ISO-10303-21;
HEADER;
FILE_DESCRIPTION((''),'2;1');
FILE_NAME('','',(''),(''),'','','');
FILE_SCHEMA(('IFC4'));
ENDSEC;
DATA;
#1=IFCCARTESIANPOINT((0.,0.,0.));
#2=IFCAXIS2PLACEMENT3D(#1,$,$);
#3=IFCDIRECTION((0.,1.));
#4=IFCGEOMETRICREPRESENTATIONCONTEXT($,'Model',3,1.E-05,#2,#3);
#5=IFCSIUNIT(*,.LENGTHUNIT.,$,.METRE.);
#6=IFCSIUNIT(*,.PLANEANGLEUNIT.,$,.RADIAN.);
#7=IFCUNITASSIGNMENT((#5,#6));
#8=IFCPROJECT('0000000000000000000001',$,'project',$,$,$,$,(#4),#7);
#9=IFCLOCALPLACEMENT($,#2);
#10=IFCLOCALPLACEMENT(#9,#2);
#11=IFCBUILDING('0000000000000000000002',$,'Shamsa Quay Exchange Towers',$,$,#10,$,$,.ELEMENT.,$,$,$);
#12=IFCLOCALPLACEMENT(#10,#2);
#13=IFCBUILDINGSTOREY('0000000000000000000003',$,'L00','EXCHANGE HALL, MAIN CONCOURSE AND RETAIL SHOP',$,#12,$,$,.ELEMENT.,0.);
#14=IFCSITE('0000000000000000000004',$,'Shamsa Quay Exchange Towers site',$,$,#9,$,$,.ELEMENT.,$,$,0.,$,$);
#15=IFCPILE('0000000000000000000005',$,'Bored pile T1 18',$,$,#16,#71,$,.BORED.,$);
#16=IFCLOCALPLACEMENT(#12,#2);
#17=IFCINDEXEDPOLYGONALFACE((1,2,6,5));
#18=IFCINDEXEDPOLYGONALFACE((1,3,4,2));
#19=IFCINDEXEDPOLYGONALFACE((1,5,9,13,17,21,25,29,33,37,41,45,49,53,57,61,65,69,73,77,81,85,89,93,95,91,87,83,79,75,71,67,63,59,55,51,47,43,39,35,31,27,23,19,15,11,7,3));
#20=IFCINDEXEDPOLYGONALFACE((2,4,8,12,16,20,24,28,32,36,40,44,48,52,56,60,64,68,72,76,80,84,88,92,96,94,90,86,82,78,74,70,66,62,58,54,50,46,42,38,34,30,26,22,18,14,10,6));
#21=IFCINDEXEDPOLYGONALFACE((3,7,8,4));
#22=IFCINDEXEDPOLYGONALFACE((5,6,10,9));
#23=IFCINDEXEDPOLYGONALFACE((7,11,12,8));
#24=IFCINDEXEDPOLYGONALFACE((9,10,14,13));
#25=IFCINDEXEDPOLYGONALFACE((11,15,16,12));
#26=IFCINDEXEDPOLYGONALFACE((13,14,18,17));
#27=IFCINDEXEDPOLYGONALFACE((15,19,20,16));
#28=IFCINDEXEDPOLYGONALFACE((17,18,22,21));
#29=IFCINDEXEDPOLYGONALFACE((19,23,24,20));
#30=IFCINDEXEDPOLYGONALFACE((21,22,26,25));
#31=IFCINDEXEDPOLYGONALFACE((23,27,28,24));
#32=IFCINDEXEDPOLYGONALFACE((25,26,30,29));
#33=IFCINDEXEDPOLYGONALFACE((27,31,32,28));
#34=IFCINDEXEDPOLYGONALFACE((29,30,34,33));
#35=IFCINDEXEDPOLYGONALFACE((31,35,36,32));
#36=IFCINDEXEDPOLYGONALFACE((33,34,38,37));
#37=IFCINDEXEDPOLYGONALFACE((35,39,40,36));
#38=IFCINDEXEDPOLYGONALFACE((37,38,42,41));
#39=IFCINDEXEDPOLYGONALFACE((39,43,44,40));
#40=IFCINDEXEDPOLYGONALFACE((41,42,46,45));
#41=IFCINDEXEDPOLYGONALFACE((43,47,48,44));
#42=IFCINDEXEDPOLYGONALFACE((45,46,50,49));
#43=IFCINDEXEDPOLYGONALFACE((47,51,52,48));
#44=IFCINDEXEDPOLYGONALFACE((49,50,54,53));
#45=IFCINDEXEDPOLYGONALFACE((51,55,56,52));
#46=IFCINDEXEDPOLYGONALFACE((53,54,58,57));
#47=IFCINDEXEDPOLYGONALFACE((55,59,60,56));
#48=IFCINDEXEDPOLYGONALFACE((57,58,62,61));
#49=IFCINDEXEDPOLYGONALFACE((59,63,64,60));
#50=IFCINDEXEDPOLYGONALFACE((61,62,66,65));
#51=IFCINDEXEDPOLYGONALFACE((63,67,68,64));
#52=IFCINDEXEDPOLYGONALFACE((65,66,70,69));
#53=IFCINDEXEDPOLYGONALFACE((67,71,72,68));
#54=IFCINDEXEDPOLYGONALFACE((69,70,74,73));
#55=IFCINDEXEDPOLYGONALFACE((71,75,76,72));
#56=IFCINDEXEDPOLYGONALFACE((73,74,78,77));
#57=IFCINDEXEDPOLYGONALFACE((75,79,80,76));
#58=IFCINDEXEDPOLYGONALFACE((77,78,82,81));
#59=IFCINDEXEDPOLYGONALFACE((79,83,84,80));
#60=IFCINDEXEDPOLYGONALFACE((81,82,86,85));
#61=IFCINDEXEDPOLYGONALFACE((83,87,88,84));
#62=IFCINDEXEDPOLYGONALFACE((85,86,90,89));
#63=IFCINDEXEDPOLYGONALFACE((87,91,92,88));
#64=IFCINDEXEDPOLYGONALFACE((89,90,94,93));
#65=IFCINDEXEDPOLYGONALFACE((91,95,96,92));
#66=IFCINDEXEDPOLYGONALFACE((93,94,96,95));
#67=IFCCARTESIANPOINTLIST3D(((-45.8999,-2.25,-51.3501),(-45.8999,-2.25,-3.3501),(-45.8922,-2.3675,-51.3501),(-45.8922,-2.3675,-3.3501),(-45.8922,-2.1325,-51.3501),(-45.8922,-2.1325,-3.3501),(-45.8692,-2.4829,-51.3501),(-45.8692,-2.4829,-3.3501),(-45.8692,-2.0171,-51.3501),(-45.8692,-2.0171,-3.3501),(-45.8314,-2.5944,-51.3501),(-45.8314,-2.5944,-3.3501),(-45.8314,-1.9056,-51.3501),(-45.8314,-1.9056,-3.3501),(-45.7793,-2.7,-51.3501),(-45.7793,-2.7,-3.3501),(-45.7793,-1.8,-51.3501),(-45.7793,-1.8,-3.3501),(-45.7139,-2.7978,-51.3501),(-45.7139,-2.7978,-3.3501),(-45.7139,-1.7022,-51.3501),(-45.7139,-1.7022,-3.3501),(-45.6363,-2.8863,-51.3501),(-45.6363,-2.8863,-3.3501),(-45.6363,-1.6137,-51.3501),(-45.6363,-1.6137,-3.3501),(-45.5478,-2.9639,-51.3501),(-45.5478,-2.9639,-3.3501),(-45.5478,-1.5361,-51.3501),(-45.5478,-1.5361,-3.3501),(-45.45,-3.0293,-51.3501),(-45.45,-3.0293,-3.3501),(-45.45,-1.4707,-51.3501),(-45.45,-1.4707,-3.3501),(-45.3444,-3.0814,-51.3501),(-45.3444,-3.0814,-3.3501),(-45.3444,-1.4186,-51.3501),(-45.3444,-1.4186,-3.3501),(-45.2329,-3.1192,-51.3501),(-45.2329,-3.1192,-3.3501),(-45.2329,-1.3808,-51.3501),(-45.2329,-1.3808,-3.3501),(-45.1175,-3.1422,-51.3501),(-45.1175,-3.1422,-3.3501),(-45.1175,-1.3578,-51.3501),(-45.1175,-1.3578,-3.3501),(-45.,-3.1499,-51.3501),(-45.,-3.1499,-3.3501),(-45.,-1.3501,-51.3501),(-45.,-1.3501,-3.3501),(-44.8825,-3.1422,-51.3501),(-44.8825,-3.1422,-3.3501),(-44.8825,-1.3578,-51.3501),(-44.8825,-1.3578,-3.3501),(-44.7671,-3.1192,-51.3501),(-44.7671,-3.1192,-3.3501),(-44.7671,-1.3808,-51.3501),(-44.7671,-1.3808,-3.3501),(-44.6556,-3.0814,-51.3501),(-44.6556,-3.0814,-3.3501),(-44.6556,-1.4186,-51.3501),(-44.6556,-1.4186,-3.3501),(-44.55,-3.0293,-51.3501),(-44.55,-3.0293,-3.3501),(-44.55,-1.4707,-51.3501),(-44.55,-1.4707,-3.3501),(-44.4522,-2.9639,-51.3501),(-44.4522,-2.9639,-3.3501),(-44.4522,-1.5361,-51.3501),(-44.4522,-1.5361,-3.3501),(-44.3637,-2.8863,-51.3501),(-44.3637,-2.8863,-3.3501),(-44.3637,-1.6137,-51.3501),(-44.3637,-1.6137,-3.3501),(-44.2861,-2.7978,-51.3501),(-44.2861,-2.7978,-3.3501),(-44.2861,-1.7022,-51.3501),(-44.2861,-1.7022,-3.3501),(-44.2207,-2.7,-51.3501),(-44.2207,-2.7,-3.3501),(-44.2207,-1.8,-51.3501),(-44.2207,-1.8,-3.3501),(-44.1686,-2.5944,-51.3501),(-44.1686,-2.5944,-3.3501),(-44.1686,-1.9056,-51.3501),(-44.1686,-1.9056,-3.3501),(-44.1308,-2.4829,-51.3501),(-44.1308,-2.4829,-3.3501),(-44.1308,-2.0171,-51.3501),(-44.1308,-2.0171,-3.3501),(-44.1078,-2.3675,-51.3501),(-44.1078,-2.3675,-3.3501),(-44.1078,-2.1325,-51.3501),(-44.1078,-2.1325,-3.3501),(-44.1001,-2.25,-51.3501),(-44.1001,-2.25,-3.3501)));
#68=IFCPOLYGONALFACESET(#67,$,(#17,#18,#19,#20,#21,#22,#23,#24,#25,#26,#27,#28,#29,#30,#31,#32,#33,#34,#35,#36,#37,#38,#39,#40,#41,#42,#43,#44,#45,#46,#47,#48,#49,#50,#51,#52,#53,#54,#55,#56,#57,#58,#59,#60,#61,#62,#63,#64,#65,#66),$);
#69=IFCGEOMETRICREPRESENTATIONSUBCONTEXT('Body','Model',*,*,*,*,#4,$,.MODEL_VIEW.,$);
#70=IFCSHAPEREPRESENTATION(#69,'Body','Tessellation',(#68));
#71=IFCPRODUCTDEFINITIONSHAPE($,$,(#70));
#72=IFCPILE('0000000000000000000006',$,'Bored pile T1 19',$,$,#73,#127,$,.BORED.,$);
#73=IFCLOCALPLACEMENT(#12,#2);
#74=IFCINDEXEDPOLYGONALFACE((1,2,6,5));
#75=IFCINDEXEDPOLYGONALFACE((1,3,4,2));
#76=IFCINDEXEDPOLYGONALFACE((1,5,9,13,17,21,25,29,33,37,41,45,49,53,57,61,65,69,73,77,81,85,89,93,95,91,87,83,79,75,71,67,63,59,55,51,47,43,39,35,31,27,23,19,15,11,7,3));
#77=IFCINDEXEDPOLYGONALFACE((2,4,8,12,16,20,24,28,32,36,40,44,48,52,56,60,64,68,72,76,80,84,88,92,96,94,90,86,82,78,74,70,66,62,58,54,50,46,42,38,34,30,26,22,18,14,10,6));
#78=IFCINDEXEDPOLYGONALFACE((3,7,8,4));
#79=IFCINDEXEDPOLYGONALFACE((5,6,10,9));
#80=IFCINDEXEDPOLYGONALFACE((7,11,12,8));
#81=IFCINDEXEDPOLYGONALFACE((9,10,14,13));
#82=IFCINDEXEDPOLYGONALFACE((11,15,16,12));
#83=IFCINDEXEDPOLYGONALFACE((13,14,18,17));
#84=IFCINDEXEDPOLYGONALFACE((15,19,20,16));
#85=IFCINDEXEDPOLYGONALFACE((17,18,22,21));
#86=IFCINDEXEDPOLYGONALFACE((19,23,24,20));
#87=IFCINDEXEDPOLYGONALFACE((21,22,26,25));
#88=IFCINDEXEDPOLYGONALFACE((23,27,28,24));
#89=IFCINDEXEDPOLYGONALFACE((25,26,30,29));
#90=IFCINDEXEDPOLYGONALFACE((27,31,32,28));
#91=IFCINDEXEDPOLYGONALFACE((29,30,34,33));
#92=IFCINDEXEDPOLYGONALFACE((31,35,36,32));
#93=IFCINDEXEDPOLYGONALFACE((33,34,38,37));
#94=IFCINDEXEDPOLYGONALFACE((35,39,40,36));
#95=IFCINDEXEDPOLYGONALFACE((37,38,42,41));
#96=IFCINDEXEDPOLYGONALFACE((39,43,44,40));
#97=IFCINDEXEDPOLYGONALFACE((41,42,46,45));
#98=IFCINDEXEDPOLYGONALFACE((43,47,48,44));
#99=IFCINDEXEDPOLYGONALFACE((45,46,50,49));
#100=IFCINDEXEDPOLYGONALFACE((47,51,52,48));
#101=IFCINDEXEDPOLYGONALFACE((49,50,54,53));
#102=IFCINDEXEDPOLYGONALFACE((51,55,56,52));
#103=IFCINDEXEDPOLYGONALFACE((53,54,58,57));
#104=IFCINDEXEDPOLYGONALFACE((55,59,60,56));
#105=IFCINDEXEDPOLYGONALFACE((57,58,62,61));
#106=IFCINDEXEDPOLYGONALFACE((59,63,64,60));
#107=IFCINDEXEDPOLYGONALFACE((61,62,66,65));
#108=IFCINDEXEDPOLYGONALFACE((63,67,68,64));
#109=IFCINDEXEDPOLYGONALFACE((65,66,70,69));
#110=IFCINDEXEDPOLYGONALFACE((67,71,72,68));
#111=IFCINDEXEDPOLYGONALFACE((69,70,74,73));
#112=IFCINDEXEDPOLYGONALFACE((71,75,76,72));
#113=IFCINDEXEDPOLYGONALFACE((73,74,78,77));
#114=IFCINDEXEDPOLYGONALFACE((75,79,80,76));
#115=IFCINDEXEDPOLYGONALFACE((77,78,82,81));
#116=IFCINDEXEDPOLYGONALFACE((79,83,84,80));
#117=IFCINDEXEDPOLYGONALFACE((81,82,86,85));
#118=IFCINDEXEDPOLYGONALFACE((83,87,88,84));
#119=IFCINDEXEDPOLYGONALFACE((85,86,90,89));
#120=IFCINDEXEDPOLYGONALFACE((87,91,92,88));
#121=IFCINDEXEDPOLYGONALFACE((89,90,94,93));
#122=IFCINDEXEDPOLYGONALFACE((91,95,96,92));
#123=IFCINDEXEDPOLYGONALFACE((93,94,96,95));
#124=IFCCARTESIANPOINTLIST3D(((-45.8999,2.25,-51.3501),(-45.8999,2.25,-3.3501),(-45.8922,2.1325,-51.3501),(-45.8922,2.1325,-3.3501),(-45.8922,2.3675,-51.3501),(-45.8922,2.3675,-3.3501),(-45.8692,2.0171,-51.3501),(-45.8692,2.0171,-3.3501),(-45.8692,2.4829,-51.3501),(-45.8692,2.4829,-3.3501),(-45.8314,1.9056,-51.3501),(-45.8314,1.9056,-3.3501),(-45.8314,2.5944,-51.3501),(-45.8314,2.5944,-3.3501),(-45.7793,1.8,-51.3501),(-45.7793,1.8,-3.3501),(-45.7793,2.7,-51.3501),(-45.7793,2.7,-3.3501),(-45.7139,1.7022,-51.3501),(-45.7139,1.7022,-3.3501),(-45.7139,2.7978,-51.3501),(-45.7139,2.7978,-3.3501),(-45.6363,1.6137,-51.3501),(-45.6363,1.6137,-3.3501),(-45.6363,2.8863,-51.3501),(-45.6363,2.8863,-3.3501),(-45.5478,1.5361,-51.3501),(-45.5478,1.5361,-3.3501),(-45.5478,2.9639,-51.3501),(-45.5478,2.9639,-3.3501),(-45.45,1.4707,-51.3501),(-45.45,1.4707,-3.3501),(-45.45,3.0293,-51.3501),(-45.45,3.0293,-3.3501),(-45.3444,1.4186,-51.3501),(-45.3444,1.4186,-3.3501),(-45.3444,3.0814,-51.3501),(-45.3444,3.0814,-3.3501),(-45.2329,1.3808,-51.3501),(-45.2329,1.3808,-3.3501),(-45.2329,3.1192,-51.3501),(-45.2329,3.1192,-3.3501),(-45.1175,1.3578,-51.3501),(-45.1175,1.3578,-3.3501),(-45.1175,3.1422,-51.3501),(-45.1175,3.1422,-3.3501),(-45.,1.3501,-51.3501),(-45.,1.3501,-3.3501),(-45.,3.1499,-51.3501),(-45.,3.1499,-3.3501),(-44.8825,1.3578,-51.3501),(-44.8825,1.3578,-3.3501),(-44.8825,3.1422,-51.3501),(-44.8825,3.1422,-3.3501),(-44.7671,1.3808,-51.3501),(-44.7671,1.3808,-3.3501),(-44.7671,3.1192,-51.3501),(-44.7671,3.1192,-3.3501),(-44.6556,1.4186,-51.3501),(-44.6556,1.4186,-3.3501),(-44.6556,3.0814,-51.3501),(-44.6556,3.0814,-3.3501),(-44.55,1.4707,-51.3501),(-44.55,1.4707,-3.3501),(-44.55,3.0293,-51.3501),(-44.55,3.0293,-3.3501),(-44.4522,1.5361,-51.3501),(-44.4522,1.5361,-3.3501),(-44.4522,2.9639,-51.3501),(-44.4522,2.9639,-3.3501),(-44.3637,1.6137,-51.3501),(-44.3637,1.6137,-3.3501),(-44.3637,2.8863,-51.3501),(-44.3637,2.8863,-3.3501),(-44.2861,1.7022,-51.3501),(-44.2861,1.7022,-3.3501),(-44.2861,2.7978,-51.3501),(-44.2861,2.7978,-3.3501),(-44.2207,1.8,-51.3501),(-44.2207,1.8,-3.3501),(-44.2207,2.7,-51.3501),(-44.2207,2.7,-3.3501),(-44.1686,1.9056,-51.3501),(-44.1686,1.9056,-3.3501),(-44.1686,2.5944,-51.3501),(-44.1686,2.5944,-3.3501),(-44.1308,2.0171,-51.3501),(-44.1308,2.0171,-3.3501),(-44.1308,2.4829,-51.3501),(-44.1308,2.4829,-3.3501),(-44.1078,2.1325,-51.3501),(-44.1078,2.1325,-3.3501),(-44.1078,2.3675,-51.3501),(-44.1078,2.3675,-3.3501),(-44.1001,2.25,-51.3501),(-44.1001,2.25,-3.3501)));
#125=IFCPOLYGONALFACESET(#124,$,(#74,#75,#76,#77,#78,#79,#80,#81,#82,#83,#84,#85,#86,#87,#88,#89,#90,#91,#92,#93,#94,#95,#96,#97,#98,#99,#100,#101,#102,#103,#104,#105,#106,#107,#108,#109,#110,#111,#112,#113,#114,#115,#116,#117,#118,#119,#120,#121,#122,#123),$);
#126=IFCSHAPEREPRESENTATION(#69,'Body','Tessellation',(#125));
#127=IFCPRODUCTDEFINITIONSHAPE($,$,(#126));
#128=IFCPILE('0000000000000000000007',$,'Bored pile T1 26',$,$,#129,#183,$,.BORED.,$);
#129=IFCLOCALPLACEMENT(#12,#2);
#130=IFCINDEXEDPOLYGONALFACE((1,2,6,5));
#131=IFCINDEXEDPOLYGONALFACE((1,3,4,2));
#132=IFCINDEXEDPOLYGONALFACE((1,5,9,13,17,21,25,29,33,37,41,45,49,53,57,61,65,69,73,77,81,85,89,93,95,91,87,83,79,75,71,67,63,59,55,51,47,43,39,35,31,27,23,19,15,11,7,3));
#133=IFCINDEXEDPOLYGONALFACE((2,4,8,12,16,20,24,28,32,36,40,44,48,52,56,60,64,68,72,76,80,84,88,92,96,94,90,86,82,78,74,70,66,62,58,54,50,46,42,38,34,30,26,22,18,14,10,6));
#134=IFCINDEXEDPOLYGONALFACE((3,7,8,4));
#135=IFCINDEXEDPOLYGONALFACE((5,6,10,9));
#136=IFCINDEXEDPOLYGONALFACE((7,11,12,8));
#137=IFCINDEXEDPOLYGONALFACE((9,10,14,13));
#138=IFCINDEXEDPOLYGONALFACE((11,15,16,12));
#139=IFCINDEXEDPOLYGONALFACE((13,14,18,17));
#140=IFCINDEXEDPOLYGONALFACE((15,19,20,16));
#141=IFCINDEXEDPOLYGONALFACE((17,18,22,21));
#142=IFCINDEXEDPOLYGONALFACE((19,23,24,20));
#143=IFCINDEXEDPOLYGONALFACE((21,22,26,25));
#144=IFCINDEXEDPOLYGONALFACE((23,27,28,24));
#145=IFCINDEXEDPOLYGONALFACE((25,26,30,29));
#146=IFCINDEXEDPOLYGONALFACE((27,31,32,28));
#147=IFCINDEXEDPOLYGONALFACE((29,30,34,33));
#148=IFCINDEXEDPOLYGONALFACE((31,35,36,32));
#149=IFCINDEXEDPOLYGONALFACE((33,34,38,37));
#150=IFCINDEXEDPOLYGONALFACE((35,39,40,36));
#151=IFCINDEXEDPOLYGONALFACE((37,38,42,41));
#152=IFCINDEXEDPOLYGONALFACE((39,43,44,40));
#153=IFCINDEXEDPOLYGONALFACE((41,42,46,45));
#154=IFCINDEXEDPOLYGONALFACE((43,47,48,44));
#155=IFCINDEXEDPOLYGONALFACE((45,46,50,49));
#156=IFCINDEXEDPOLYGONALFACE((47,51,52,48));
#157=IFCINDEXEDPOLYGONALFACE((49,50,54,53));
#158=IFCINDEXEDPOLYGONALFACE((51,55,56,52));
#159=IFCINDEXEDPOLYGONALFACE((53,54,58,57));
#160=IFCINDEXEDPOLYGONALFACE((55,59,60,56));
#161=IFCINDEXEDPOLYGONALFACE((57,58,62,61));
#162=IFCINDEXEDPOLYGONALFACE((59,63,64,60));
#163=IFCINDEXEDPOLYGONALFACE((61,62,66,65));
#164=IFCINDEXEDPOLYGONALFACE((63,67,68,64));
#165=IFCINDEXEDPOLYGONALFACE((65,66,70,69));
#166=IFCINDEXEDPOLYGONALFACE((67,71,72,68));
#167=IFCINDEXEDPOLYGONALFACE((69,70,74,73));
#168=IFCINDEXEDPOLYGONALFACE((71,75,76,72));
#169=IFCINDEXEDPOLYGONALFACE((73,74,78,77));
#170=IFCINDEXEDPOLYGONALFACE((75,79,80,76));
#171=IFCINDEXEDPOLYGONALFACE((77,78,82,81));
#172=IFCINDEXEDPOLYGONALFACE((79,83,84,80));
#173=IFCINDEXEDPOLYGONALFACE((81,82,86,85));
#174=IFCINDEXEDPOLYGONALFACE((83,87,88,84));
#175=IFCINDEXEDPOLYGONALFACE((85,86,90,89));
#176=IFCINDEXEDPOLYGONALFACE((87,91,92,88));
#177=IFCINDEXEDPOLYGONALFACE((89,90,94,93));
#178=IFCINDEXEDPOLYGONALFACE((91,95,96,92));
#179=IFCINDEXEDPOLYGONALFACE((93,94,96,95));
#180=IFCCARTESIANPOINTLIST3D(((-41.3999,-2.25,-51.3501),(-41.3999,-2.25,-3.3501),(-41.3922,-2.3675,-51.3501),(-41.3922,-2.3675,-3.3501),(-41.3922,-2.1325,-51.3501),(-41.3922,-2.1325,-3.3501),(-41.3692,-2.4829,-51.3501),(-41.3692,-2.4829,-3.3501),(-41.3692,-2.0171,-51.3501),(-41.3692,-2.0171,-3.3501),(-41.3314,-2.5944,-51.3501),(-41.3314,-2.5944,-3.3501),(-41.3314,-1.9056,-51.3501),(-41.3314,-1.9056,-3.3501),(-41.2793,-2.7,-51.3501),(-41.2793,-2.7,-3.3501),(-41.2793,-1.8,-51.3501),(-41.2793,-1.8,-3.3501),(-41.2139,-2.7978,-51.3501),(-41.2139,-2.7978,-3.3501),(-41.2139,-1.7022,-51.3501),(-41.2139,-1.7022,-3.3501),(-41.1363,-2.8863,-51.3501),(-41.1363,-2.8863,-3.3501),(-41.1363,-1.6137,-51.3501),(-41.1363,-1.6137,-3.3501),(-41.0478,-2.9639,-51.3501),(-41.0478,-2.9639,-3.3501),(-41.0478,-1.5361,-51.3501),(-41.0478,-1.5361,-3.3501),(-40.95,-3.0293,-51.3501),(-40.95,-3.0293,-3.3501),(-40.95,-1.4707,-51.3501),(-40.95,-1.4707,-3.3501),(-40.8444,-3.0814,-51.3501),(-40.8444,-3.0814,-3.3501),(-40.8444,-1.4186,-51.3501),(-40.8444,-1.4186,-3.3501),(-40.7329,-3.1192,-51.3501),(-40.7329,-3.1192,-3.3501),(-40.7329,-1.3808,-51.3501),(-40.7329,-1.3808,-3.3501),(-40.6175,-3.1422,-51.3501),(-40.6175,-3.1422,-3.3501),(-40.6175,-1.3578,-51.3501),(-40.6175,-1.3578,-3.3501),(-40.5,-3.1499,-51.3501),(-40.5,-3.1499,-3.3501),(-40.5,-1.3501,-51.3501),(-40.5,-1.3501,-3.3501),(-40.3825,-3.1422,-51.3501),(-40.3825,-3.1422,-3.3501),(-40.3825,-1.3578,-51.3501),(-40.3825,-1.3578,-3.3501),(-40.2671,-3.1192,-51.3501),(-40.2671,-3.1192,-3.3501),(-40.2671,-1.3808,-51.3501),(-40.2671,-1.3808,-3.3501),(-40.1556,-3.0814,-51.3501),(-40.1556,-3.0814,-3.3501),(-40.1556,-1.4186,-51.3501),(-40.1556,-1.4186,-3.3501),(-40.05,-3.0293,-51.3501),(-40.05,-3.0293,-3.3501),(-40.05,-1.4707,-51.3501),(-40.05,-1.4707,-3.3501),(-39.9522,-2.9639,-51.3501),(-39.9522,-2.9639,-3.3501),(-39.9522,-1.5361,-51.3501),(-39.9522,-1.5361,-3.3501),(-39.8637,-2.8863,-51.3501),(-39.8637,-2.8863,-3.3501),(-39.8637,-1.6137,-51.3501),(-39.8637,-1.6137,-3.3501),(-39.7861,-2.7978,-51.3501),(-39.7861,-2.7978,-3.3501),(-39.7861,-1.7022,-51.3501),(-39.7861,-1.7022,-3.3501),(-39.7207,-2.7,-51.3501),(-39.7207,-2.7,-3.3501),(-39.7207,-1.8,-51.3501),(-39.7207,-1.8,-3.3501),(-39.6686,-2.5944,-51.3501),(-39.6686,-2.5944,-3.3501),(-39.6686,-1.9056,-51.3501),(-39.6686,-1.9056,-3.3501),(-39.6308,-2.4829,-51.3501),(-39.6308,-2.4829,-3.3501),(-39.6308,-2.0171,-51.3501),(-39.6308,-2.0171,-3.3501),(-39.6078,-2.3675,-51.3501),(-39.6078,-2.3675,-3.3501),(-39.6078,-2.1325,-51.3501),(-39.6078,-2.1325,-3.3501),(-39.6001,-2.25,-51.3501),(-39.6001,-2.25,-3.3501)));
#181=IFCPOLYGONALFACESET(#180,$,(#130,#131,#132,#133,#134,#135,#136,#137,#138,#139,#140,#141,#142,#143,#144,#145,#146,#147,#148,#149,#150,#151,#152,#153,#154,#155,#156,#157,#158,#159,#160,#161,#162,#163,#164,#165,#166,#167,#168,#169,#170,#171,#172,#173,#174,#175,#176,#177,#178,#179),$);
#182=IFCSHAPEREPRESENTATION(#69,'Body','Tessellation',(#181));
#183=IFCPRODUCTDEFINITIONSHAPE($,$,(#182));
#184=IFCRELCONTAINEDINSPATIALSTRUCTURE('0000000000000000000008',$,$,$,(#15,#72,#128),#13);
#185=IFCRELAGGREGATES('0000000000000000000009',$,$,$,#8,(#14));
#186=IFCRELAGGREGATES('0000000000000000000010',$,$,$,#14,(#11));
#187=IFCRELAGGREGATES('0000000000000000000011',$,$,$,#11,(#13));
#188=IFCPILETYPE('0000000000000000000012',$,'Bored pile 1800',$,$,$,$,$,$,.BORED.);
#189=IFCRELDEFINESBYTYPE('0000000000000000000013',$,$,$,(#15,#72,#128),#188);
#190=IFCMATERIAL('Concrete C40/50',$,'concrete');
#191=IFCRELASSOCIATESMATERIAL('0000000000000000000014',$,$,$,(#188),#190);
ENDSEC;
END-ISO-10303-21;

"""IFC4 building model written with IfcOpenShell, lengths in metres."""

from ifc_helpers import new_model, si_unit, direction, frame, origin, origin_2d, place, context, subcontext, project, spatial, circle, extrude, material, material_profile, profile_set, type_object, element, save


model = new_model("IFC4")

# Units and contexts
model_context = context("Model", 3, precision=1e-05, world=origin(), true_north=direction((0.0, 1.0)))
body_context = subcontext(model_context, "Body", "Model", "MODEL_VIEW")
ifc_project = project(units=[si_unit("LENGTHUNIT", "METRE"), si_unit("PLANEANGLEUNIT", "RADIAN")], contexts=[model_context])

# Site, building, storey
site_placement = place(None, origin())
site = spatial("IfcSite", under=ifc_project, at=site_placement, Name="Shamsa Quay Exchange Towers site", CompositionType="ELEMENT", RefElevation=0.0)
building_placement = place(site_placement, origin())
building = spatial("IfcBuilding", under=site, at=building_placement, Name="Shamsa Quay Exchange Towers", CompositionType="ELEMENT")
storey_placement = place(building_placement, origin())
storey = spatial("IfcBuildingStorey", under=building, at=storey_placement, Name="L00", Description="EXCHANGE HALL, MAIN CONCOURSE AND RETAIL SHOP", CompositionType="ELEMENT", Elevation=0.0)

# Piles
ifc_material_1 = material(Name="Concrete C40/50", Category="concrete")
ifc_material_profile = material_profile(ifc_material_1, circle(Radius=0.8999, at=origin_2d()), Name="BP1800")
ifc_profile_set = profile_set([ifc_material_profile], Name="Concrete C40/50")
pile_type = type_object("IfcPileType", Name="Bored pile 1800", PredefinedType="BORED", material=ifc_profile_set)
for number, where, z_axis, x_axis, name in (
    (1, (-45.0, -2.25, -3.3501), (0.0, 0.0, -1.0), (1.0, 0.0, 0.0), "Bored pile T1 18"),
    (2, (-45.0, 2.25, -3.3501), (0.0, 0.0, -1.0), (1.0, 0.0, 0.0), "Bored pile T1 19"),
    (3, (-40.5, -2.25, -3.3501), (0.0, 0.0, -1.0), (1.0, 0.0, 0.0), "Bored pile T1 26"),
):
    element("IfcPile", number, at=place(storey_placement, frame(where, z_axis=z_axis, x_axis=x_axis)), inside=storey, type_object=pile_type, Name=name, PredefinedType="BORED", context=body_context, shape_type="SweptSolid", body=[
        extrude(circle(Radius=0.8999, at=origin_2d()), origin(), (0.0, 0.0, 1.0), 48.0),
    ])

save(model, "model.ifc")
